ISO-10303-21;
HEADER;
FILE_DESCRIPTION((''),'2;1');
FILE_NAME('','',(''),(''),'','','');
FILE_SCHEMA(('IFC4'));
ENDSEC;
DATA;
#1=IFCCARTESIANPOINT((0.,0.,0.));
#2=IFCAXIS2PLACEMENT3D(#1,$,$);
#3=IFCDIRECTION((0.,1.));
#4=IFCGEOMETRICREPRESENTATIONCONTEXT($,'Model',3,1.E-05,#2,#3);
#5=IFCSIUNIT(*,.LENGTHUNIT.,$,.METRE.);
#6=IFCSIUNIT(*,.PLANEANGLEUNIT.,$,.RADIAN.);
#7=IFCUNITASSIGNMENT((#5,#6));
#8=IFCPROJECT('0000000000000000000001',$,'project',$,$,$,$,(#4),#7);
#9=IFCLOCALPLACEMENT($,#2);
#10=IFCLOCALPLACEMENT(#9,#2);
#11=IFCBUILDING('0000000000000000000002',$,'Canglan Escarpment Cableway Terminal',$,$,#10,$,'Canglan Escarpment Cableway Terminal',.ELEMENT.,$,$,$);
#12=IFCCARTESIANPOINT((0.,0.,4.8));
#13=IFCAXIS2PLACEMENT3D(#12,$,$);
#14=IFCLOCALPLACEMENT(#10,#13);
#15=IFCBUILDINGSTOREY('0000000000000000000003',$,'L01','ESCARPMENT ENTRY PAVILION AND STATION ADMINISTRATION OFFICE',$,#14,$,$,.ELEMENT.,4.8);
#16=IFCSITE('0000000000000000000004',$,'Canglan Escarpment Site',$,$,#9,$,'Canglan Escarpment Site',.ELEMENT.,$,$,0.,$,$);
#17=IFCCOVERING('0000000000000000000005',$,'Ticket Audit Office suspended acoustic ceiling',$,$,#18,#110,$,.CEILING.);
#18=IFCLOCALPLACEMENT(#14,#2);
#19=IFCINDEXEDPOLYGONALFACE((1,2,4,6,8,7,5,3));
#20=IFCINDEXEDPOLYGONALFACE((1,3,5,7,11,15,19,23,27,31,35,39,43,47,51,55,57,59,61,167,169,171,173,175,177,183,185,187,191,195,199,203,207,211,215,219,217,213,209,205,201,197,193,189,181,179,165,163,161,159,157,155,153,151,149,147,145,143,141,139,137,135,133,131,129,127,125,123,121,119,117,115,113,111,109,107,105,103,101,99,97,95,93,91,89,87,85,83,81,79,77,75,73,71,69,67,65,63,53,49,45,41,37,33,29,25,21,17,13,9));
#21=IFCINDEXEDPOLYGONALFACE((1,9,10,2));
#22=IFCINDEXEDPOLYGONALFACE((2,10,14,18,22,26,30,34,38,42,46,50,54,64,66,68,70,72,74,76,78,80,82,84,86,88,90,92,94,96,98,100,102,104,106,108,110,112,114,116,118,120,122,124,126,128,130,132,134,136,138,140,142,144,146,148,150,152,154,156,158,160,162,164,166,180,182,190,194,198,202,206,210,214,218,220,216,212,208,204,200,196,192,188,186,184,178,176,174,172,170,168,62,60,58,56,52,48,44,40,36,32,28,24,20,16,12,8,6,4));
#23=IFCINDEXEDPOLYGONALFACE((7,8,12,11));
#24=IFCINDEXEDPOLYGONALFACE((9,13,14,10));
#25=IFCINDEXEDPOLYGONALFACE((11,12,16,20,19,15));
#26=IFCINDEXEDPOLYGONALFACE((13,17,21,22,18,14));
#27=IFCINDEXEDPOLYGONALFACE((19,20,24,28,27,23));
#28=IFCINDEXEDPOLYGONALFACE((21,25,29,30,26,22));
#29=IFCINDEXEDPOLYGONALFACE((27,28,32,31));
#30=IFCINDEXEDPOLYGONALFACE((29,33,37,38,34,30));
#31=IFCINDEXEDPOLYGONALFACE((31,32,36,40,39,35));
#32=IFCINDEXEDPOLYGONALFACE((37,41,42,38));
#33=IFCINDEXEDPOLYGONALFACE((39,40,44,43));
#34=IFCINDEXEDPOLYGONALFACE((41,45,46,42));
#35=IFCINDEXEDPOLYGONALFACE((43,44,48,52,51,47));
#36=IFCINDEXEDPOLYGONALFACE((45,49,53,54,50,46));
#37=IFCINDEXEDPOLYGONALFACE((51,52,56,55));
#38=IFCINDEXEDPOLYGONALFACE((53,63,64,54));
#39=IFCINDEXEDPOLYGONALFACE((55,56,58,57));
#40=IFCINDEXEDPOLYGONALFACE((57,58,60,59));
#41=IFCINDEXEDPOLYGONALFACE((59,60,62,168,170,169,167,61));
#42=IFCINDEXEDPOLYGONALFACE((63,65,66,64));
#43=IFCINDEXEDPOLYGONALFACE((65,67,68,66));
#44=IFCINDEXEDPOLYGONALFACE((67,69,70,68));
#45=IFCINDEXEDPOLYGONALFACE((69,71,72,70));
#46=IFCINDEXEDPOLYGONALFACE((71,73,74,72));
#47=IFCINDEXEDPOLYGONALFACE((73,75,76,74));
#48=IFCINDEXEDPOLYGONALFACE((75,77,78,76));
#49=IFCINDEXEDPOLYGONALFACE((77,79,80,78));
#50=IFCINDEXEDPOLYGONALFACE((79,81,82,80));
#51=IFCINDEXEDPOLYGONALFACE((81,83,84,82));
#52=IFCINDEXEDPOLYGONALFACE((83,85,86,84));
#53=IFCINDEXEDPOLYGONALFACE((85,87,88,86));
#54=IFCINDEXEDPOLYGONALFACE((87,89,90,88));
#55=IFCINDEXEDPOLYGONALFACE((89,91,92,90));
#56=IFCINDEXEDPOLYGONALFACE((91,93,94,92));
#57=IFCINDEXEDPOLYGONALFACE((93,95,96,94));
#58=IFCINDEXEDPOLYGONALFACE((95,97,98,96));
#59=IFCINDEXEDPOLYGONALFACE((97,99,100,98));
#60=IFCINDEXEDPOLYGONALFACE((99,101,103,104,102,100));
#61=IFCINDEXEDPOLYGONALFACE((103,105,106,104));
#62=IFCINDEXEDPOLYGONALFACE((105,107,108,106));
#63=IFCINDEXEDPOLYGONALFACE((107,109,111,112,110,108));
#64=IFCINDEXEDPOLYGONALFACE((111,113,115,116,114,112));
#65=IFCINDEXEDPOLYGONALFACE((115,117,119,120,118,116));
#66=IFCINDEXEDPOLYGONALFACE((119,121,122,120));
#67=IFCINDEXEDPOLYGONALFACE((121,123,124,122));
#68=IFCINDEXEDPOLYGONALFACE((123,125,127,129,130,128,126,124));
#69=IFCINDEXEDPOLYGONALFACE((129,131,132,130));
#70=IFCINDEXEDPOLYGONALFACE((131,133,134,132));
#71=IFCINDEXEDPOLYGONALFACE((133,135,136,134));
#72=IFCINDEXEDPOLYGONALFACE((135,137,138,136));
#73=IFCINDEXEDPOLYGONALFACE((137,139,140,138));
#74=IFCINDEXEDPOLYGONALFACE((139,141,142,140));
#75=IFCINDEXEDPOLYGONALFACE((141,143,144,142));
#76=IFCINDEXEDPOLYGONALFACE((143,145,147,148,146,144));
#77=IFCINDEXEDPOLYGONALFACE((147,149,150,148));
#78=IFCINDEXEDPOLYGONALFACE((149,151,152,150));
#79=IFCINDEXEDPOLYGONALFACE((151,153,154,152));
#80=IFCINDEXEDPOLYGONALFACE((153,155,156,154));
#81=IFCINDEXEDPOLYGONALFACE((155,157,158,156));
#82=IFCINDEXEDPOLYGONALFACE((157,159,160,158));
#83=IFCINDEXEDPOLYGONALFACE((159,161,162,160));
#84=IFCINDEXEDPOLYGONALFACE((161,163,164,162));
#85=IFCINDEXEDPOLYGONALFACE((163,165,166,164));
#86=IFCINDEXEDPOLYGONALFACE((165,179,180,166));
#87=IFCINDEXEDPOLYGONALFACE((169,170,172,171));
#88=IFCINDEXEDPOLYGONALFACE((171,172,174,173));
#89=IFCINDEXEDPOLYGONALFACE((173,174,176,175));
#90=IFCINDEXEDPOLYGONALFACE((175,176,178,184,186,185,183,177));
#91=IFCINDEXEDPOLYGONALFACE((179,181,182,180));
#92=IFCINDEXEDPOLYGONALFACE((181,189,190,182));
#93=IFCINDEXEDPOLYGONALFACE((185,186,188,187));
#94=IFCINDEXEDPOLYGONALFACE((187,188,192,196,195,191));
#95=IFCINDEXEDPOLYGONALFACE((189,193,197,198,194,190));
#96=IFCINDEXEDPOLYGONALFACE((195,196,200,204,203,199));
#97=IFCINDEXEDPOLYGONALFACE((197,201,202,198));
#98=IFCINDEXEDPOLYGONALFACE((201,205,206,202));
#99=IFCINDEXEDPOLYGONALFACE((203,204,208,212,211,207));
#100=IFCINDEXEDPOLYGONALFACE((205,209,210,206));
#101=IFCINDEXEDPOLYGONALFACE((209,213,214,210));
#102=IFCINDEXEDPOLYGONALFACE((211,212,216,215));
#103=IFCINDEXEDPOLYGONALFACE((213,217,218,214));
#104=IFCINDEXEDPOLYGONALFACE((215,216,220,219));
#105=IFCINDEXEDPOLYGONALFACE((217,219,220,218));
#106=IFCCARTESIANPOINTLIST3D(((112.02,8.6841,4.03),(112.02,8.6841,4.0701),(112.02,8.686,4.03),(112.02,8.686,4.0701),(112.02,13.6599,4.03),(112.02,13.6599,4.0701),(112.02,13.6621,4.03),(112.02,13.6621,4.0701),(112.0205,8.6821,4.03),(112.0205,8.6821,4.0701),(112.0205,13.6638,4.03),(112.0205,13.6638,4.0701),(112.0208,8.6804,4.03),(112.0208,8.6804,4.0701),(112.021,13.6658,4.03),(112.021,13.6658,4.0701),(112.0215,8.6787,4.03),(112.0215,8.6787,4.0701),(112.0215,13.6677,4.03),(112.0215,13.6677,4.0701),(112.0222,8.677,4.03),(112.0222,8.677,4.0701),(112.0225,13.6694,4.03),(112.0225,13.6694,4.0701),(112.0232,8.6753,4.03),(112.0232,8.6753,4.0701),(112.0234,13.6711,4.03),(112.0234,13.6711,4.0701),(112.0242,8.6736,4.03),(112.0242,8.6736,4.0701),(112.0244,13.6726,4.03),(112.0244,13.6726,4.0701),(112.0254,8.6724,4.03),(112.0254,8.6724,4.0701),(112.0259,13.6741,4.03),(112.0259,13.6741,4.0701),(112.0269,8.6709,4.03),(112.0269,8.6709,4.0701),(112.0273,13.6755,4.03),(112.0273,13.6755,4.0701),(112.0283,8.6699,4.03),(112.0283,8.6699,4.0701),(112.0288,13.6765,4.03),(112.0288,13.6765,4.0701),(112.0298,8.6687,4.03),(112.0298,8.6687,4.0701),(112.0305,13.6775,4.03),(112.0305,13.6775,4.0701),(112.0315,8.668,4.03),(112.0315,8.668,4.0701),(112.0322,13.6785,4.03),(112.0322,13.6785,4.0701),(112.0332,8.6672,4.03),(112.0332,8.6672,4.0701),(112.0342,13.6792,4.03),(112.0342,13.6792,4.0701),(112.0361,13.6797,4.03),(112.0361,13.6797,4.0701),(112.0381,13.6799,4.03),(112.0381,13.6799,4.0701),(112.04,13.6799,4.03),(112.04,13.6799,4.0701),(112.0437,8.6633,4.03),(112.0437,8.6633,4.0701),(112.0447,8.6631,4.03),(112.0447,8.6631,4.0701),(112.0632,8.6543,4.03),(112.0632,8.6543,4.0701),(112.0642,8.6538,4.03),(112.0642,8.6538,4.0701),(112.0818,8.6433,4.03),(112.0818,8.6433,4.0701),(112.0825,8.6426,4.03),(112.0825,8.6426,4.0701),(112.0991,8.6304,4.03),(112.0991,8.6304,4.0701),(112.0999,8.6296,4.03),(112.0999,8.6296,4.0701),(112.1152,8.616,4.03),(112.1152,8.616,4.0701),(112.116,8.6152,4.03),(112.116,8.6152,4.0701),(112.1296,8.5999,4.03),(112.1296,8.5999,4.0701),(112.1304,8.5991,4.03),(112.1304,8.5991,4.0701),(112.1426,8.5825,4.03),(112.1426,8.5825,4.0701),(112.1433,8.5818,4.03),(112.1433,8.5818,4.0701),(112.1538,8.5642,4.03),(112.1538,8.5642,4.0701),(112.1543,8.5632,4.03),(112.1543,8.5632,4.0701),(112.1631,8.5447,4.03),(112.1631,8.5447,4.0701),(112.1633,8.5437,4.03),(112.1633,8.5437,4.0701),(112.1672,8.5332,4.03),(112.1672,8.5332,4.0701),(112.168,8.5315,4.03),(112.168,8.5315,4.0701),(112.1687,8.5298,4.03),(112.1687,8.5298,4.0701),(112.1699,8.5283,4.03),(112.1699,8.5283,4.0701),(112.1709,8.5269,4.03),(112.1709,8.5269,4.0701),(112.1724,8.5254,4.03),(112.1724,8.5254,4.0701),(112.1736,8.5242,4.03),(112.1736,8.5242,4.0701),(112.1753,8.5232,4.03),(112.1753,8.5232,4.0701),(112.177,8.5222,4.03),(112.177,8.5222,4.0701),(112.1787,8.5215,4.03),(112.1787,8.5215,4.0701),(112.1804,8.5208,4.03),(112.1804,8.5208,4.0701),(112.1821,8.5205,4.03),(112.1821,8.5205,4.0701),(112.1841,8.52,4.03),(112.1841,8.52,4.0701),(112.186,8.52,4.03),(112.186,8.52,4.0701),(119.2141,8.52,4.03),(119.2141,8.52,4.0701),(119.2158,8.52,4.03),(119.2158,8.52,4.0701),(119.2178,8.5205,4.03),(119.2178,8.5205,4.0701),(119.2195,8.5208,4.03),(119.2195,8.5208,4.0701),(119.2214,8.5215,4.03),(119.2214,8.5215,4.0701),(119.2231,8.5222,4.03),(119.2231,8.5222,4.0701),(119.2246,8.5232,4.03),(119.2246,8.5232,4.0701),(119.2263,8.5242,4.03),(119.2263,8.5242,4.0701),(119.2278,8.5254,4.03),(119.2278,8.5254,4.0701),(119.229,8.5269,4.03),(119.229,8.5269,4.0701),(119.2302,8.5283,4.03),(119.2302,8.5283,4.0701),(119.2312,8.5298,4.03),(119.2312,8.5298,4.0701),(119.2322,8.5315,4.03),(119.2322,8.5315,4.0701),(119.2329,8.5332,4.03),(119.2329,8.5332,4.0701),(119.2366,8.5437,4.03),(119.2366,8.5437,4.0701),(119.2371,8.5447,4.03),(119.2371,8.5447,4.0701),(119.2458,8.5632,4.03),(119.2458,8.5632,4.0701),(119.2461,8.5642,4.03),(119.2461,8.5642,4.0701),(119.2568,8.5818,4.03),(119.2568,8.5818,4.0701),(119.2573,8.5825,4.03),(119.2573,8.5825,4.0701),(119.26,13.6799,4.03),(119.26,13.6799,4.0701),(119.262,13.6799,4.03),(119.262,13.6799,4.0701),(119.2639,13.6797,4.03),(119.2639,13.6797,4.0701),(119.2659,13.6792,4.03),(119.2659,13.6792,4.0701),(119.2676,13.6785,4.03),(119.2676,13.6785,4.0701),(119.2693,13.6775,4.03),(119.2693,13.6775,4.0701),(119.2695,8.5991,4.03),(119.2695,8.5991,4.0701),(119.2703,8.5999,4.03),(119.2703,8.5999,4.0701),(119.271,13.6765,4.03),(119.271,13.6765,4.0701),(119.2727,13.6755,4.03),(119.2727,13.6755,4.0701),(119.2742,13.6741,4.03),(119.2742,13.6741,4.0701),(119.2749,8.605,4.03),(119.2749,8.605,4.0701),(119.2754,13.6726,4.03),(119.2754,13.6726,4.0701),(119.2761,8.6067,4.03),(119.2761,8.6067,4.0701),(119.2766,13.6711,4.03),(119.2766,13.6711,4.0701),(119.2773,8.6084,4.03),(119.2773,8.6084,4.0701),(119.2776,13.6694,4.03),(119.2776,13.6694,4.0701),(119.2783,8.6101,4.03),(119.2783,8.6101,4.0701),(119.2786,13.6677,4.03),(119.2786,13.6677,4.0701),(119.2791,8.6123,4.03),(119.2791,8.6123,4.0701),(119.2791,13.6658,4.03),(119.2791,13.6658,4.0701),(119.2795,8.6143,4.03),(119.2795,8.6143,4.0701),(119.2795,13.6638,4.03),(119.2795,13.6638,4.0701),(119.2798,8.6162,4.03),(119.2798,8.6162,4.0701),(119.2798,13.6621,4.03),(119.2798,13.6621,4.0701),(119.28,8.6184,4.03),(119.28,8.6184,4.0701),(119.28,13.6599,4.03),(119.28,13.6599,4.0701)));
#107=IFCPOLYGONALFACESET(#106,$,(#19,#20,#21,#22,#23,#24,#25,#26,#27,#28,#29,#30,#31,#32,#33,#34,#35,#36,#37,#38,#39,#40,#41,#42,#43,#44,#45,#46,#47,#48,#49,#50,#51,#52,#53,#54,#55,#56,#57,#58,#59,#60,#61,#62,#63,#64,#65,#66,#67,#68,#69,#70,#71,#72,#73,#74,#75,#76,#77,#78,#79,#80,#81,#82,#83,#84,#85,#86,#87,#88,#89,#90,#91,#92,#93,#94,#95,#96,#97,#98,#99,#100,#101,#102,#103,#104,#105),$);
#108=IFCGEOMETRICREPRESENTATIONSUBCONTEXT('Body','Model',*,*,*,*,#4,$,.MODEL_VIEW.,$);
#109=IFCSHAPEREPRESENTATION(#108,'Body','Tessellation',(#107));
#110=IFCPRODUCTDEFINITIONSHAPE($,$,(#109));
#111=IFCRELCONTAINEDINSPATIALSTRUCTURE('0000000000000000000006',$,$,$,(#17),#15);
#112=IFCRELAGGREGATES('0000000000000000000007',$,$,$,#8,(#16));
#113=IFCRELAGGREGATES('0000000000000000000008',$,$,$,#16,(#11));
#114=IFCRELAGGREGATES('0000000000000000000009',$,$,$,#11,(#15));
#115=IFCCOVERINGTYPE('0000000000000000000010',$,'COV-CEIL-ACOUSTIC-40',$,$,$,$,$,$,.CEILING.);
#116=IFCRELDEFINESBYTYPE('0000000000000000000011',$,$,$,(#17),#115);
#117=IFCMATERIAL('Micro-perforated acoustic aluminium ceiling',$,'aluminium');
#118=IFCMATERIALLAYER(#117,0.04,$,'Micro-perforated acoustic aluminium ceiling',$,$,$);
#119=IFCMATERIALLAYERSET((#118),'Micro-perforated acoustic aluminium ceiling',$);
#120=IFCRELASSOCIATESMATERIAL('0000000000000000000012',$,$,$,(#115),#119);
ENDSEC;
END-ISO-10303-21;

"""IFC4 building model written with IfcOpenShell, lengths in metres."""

from ifc_helpers import new_model, si_unit, direction, frame, origin, place, context, subcontext, project, spatial, polyline, outline, extrude, material, layer, layer_set, type_object, element, save


model = new_model("IFC4")

# Units and contexts
model_context = context("Model", 3, precision=1e-05, world=origin(), true_north=direction((0.0, 1.0)))
body_context = subcontext(model_context, "Body", "Model", "MODEL_VIEW")
ifc_project = project(units=[si_unit("LENGTHUNIT", "METRE"), si_unit("PLANEANGLEUNIT", "RADIAN")], contexts=[model_context])

# Site, building, storey
site_placement = place(None, origin())
site = spatial("IfcSite", under=ifc_project, at=site_placement, Name="Canglan Escarpment Site", LongName="Canglan Escarpment Site", CompositionType="ELEMENT", RefElevation=0.0)
building_placement = place(site_placement, origin())
building = spatial("IfcBuilding", under=site, at=building_placement, Name="Canglan Escarpment Cableway Terminal", LongName="Canglan Escarpment Cableway Terminal", CompositionType="ELEMENT")
storey_placement = place(building_placement, frame((0.0, 0.0, 4.8)))
storey = spatial("IfcBuildingStorey", under=building, at=storey_placement, Name="L01", Description="ESCARPMENT ENTRY PAVILION AND STATION ADMINISTRATION OFFICE", CompositionType="ELEMENT", Elevation=4.8)

# Covering
ifc_material_1 = material(Name="Micro-perforated acoustic aluminium ceiling", Category="aluminium")
ifc_layer_1 = layer(ifc_material_1, 0.04, Name="Micro-perforated acoustic aluminium ceiling")
ifc_layer_set_1 = layer_set([ifc_layer_1], Name="Micro-perforated acoustic aluminium ceiling")
covering_type_1 = type_object("IfcCoveringType", Name="COV-CEIL-ACOUSTIC-40", PredefinedType="CEILING", material=ifc_layer_set_1)
covering_1_placement = place(storey_placement, frame((0.0, 0.0, 4.03)))
element("IfcCovering", 1, at=covering_1_placement, inside=storey, type_object=covering_type_1, Name="Ticket Audit Office suspended acoustic ceiling", PredefinedType="CEILING", context=body_context, shape_type="SweptSolid", body=[
    extrude(outline(polyline([(112.0332, 8.6672), (112.0315, 8.668), (112.0298, 8.6687), (112.0283, 8.6699), (112.0269, 8.6709), (112.0254, 8.6724), (112.0242, 8.6736), (112.0232, 8.6753), (112.0222, 8.677), (112.0215, 8.6787), (112.0208, 8.6804), (112.0205, 8.6821), (112.02, 8.6841), (112.02, 8.686), (112.02, 13.6599), (112.02, 13.6621), (112.0205, 13.6638), (112.021, 13.6658), (112.0215, 13.6677), (112.0225, 13.6694), (112.0234, 13.6711), (112.0244, 13.6726), (112.0259, 13.6741), (112.0273, 13.6755), (112.0288, 13.6765), (112.0305, 13.6775), (112.0322, 13.6785), (112.0342, 13.6792), (112.0361, 13.6797), (112.0381, 13.6799), (112.04, 13.6799), (119.26, 13.6799), (119.262, 13.6799), (119.2639, 13.6797), (119.2659, 13.6792), (119.2676, 13.6785), (119.2693, 13.6775), (119.271, 13.6765), (119.2727, 13.6755), (119.2742, 13.6741), (119.2754, 13.6726), (119.2766, 13.6711), (119.2776, 13.6694), (119.2786, 13.6677), (119.2791, 13.6658), (119.2795, 13.6638), (119.2798, 13.6621), (119.28, 13.6599), (119.28, 8.6184), (119.2798, 8.6162), (119.2795, 8.6143), (119.2791, 8.6123), (119.2783, 8.6101), (119.2773, 8.6084), (119.2761, 8.6067), (119.2749, 8.605), (119.2703, 8.5999), (119.2695, 8.5991), (119.2573, 8.5825), (119.2568, 8.5818), (119.2461, 8.5642), (119.2458, 8.5632), (119.2371, 8.5447), (119.2366, 8.5437), (119.2329, 8.5332), (119.2322, 8.5315), (119.2312, 8.5298), (119.2302, 8.5283), (119.229, 8.5269), (119.2278, 8.5254), (119.2263, 8.5242), (119.2246, 8.5232), (119.2231, 8.5222), (119.2214, 8.5215), (119.2195, 8.5208), (119.2178, 8.5205), (119.2158, 8.52), (119.2141, 8.52), (112.186, 8.52), (112.1841, 8.52), (112.1821, 8.5205), (112.1804, 8.5208), (112.1787, 8.5215), (112.177, 8.5222), (112.1753, 8.5232), (112.1736, 8.5242), (112.1724, 8.5254), (112.1709, 8.5269), (112.1699, 8.5283), (112.1687, 8.5298), (112.168, 8.5315), (112.1672, 8.5332), (112.1633, 8.5437), (112.1631, 8.5447), (112.1543, 8.5632), (112.1538, 8.5642), (112.1433, 8.5818), (112.1426, 8.5825), (112.1304, 8.5991), (112.1296, 8.5999), (112.116, 8.6152), (112.1152, 8.616), (112.0999, 8.6296), (112.0991, 8.6304), (112.0825, 8.6426), (112.0818, 8.6433), (112.0642, 8.6538), (112.0632, 8.6543), (112.0447, 8.6631), (112.0437, 8.6633), (112.0332, 8.6672)])), origin(), (0.0, 0.0, 1.0), 0.04),
])

save(model, "model.ifc")
